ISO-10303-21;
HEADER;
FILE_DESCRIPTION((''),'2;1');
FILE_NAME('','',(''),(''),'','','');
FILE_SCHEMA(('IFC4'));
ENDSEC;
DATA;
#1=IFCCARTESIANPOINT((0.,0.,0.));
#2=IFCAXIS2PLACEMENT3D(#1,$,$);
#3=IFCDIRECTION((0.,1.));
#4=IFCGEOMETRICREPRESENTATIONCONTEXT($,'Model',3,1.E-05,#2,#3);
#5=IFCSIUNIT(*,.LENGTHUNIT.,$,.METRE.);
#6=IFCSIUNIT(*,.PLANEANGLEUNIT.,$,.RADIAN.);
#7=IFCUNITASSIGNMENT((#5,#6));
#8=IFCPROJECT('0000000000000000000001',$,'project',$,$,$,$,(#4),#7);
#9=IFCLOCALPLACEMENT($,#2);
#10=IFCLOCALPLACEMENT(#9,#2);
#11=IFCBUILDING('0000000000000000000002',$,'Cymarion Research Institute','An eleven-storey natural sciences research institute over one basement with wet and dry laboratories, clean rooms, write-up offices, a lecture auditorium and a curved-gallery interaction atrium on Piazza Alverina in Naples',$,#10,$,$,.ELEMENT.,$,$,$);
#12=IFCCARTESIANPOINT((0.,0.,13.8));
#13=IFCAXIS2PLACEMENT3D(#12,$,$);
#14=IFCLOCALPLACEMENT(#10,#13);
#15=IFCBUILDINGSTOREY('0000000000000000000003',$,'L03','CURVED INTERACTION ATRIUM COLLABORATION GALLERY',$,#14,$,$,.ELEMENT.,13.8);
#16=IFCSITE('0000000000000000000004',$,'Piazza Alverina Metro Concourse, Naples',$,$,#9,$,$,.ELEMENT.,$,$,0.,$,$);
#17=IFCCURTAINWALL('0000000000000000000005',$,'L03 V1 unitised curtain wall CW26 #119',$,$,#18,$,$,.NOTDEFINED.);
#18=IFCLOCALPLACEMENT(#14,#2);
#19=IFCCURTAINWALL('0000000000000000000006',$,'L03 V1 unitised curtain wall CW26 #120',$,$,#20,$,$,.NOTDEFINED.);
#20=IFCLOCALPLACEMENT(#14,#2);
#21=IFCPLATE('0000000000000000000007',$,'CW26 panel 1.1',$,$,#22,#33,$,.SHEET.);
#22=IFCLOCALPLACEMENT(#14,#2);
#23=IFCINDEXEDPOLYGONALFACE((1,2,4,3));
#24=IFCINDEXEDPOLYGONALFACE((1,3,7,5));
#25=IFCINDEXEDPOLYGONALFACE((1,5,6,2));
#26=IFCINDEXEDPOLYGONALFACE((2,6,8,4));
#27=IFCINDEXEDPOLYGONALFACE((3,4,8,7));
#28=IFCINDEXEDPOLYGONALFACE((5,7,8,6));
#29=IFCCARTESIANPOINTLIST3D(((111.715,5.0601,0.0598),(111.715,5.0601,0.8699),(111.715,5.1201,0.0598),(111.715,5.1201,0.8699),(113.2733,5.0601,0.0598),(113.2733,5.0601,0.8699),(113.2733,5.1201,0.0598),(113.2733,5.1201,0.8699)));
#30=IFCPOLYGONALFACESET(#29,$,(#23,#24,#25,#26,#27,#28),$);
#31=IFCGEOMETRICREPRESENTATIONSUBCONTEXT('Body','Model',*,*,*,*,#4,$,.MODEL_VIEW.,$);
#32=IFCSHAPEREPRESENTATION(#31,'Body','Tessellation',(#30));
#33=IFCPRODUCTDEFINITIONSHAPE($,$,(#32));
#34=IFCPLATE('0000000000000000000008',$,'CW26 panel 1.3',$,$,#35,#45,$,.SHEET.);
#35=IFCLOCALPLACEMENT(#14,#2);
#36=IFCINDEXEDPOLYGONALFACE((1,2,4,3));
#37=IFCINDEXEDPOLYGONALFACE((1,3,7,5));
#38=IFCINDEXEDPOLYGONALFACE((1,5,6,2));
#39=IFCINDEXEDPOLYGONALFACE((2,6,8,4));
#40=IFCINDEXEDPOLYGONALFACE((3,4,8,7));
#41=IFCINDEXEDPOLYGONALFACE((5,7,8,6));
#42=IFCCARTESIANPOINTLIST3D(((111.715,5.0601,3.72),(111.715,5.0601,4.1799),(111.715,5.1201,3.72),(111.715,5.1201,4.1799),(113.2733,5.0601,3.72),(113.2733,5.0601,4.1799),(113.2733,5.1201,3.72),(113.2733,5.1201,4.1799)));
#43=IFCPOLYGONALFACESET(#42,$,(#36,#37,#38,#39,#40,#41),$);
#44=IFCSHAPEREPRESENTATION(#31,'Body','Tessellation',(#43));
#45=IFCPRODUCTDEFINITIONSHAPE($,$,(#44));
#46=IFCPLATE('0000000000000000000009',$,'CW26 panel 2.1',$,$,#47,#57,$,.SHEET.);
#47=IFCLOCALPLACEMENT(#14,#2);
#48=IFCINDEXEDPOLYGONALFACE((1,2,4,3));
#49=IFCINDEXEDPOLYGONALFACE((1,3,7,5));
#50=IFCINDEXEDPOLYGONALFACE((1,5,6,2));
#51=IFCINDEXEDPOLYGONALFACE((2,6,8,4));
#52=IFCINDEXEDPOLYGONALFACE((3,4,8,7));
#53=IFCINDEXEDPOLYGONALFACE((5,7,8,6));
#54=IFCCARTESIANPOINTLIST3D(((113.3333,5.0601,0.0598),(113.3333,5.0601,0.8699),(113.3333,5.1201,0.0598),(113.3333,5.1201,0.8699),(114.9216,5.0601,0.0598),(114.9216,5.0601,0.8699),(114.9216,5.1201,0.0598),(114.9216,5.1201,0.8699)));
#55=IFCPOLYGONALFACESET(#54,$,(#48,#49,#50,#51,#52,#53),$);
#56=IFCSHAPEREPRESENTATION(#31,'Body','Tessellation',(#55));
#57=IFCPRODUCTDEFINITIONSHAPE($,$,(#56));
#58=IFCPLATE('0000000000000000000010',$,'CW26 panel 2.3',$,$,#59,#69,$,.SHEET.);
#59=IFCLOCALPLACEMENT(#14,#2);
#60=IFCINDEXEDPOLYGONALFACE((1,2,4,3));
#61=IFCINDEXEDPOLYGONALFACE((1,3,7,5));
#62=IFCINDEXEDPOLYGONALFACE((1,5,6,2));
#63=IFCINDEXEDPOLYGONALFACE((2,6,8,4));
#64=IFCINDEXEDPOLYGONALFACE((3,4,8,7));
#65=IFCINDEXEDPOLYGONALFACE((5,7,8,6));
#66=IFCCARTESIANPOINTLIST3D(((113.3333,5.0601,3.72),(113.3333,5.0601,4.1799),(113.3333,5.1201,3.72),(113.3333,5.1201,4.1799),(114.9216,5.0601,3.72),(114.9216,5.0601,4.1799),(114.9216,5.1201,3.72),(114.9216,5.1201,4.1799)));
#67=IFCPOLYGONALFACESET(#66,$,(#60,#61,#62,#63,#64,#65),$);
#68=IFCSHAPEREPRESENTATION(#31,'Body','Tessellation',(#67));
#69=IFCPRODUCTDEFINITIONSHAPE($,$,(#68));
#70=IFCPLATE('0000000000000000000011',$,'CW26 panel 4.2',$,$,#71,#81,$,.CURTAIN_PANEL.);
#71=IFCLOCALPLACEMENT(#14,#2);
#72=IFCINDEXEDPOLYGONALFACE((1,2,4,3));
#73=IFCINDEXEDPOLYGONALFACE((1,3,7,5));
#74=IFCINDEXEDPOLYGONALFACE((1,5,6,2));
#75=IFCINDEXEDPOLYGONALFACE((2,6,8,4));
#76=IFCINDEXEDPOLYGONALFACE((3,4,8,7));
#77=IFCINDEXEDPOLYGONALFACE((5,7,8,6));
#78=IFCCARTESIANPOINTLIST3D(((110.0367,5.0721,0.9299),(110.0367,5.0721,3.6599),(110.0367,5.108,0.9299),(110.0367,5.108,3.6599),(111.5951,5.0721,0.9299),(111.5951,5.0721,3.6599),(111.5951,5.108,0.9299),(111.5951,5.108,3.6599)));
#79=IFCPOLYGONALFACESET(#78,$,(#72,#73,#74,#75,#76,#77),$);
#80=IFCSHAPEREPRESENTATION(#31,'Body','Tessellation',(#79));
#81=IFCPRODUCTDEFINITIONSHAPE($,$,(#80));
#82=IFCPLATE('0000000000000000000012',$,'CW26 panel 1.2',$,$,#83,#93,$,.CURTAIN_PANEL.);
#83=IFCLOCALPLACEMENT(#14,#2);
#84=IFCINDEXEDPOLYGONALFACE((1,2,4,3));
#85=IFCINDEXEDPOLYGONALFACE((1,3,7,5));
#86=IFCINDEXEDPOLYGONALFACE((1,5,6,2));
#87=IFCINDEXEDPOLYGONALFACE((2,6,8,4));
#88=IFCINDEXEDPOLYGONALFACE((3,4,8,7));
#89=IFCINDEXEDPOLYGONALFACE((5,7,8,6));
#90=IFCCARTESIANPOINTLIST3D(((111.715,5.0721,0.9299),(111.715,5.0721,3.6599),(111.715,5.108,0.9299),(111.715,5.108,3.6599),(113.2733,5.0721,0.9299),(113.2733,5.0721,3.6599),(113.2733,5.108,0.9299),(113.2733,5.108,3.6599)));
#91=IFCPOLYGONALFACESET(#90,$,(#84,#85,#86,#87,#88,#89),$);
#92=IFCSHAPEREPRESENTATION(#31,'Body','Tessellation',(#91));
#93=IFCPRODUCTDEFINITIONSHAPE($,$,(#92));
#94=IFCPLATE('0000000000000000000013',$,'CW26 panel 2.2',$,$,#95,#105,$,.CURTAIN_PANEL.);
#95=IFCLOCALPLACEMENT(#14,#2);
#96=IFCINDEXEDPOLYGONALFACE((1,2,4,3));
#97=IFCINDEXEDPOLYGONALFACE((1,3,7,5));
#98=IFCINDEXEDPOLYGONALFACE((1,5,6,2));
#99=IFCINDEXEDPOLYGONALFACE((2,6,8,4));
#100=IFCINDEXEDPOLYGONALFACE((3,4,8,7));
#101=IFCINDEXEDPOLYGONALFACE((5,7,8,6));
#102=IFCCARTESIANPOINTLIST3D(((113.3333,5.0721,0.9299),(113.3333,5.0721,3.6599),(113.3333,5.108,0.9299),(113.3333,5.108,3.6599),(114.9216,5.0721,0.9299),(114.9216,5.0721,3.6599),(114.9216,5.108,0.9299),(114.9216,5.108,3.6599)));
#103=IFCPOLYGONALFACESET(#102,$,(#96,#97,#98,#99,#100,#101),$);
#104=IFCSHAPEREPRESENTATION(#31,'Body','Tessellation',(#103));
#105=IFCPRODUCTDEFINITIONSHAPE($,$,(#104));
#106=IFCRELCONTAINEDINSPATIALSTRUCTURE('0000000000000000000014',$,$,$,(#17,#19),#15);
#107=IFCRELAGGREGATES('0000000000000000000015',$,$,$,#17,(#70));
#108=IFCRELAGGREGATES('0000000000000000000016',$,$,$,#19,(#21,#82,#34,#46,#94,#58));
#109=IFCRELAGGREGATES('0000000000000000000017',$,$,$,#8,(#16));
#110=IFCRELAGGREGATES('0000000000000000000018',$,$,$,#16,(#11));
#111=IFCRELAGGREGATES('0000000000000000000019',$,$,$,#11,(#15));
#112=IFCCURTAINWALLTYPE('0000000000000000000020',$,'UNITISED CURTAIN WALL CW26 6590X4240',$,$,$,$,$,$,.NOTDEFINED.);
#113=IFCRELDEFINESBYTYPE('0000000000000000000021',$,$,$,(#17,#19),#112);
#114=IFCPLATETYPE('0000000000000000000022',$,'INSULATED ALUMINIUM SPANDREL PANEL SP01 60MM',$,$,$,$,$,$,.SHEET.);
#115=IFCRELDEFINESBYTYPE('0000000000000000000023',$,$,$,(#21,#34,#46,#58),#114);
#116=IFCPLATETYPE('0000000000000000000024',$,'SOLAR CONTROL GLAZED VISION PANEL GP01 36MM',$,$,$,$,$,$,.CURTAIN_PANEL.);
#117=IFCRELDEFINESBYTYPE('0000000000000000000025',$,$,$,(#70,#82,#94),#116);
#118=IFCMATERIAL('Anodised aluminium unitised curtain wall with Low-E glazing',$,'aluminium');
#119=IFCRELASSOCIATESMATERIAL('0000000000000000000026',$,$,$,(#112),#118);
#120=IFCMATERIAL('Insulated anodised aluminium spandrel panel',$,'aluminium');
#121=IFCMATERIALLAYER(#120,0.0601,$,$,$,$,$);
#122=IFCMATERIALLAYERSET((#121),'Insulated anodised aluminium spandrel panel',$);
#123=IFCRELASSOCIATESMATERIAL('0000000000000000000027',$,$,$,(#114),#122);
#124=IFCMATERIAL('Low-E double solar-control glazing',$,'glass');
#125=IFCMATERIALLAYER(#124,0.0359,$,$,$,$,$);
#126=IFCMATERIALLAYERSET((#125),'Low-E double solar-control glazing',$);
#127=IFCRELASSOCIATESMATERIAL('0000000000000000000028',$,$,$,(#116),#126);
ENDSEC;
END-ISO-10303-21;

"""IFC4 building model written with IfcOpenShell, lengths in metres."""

from ifc_helpers import new_model, si_unit, direction, frame, origin, origin_2d, place, context, subcontext, project, spatial, rectangle, extrude, material, layer, layer_set, type_object, element, aggregate, save


model = new_model("IFC4")

# Units and contexts
model_context = context("Model", 3, precision=1e-05, world=origin(), true_north=direction((0.0, 1.0)))
body_context = subcontext(model_context, "Body", "Model", "MODEL_VIEW")
ifc_project = project(units=[si_unit("LENGTHUNIT", "METRE"), si_unit("PLANEANGLEUNIT", "RADIAN")], contexts=[model_context])

# Site, building, storey
site_placement = place(None, origin())
site = spatial("IfcSite", under=ifc_project, at=site_placement, Name="Piazza Alverina Metro Concourse, Naples", CompositionType="ELEMENT", RefElevation=0.0)
building_placement = place(site_placement, origin())
building = spatial("IfcBuilding", under=site, at=building_placement, Name="Cymarion Research Institute", Description="An eleven-storey natural sciences research institute over one basement with wet and dry laboratories, clean rooms, write-up offices, a lecture auditorium and a curved-gallery interaction atrium on Piazza Alverina in Naples", CompositionType="ELEMENT")
storey_placement = place(building_placement, frame((0.0, 0.0, 13.8)))
storey = spatial("IfcBuildingStorey", under=building, at=storey_placement, Name="L03", Description="CURVED INTERACTION ATRIUM COLLABORATION GALLERY", CompositionType="ELEMENT", Elevation=13.8)

# Curtain wall
ifc_material_1 = material(Name="Anodised aluminium unitised curtain wall with Low-E glazing", Category="aluminium")
curtain_wall_type = type_object("IfcCurtainWallType", Name="UNITISED CURTAIN WALL CW26 6590X4240", PredefinedType="NOTDEFINED", material=ifc_material_1)
curtain_wall_1_placement = place(storey_placement, origin())
curtain_wall_1 = element("IfcCurtainWall", 1, at=curtain_wall_1_placement, inside=storey, type_object=curtain_wall_type, Name="L03 V1 unitised curtain wall CW26 #119", PredefinedType="NOTDEFINED")

# Curtain wall
curtain_wall_2_placement = place(storey_placement, origin())
curtain_wall_2 = element("IfcCurtainWall", 2, at=curtain_wall_2_placement, inside=storey, type_object=curtain_wall_type, Name="L03 V1 unitised curtain wall CW26 #120", PredefinedType="NOTDEFINED")

# Plates
ifc_material_2 = material(Name="Insulated anodised aluminium spandrel panel", Category="aluminium")
ifc_layer_1 = layer(ifc_material_2, 0.0601)
ifc_layer_set_1 = layer_set([ifc_layer_1], Name="Insulated anodised aluminium spandrel panel")
plate_type_1 = type_object("IfcPlateType", Name="INSULATED ALUMINIUM SPANDREL PANEL SP01 60MM", PredefinedType="SHEET", material=ifc_layer_set_1)
plate_1_placement = place(storey_placement, frame((112.4941, 5.0901, 0.0598), z_axis=(0.0, 0.0, 1.0), x_axis=(1.0, 0.0, 0.0)))
plate_1 = element("IfcPlate", 3, at=plate_1_placement, type_object=plate_type_1, Name="CW26 panel 1.1", PredefinedType="SHEET", context=body_context, shape_type="SweptSolid", body=[
    extrude(rectangle(XDim=1.5583, YDim=0.0601, at=origin_2d()), origin(), (0.0, 0.0, 1.0), 0.8101),
])
plate_2_placement = place(storey_placement, frame((112.4941, 5.0901, 3.72), z_axis=(0.0, 0.0, 1.0), x_axis=(1.0, 0.0, 0.0)))
plate_2 = element("IfcPlate", 4, at=plate_2_placement, type_object=plate_type_1, Name="CW26 panel 1.3", PredefinedType="SHEET", context=body_context, shape_type="SweptSolid", body=[
    extrude(rectangle(XDim=1.5583, YDim=0.0601, at=origin_2d()), origin(), (0.0, 0.0, 1.0), 0.46),
])
plate_3_placement = place(storey_placement, frame((114.1274, 5.0901, 0.0598), z_axis=(0.0, 0.0, 1.0), x_axis=(1.0, 0.0, 0.0)))
plate_3 = element("IfcPlate", 5, at=plate_3_placement, type_object=plate_type_1, Name="CW26 panel 2.1", PredefinedType="SHEET", context=body_context, shape_type="SweptSolid", body=[
    extrude(rectangle(XDim=1.5884, YDim=0.0601, at=origin_2d()), origin(), (0.0, 0.0, 1.0), 0.8101),
])
plate_4_placement = place(storey_placement, frame((114.1274, 5.0901, 3.72), z_axis=(0.0, 0.0, 1.0), x_axis=(1.0, 0.0, 0.0)))
plate_4 = element("IfcPlate", 6, at=plate_4_placement, type_object=plate_type_1, Name="CW26 panel 2.3", PredefinedType="SHEET", context=body_context, shape_type="SweptSolid", body=[
    extrude(rectangle(XDim=1.5884, YDim=0.0601, at=origin_2d()), origin(), (0.0, 0.0, 1.0), 0.46),
])
ifc_material_3 = material(Name="Low-E double solar-control glazing", Category="glass")
ifc_layer_2 = layer(ifc_material_3, 0.0359)
ifc_layer_set_2 = layer_set([ifc_layer_2], Name="Low-E double solar-control glazing")
plate_type_2 = type_object("IfcPlateType", Name="SOLAR CONTROL GLAZED VISION PANEL GP01 36MM", PredefinedType="CURTAIN_PANEL", material=ifc_layer_set_2)
plate_5_placement = place(storey_placement, frame((110.8159, 5.0901, 0.9299), z_axis=(0.0, 0.0, 1.0), x_axis=(1.0, 0.0, 0.0)))
plate_5 = element("IfcPlate", 7, at=plate_5_placement, type_object=plate_type_2, Name="CW26 panel 4.2", PredefinedType="CURTAIN_PANEL", context=body_context, shape_type="SweptSolid", body=[
    extrude(rectangle(XDim=1.5583, YDim=0.0359, at=origin_2d()), origin(), (0.0, 0.0, 1.0), 2.73),
])
aggregate(curtain_wall_1, [plate_5])
plate_6_placement = place(storey_placement, frame((112.4941, 5.0901, 0.9299), z_axis=(0.0, 0.0, 1.0), x_axis=(1.0, 0.0, 0.0)))
plate_6 = element("IfcPlate", 8, at=plate_6_placement, type_object=plate_type_2, Name="CW26 panel 1.2", PredefinedType="CURTAIN_PANEL", context=body_context, shape_type="SweptSolid", body=[
    extrude(rectangle(XDim=1.5583, YDim=0.0359, at=origin_2d()), origin(), (0.0, 0.0, 1.0), 2.73),
])
plate_7_placement = place(storey_placement, frame((114.1274, 5.0901, 0.9299), z_axis=(0.0, 0.0, 1.0), x_axis=(1.0, 0.0, 0.0)))
plate_7 = element("IfcPlate", 9, at=plate_7_placement, type_object=plate_type_2, Name="CW26 panel 2.2", PredefinedType="CURTAIN_PANEL", context=body_context, shape_type="SweptSolid", body=[
    extrude(rectangle(XDim=1.5884, YDim=0.0359, at=origin_2d()), origin(), (0.0, 0.0, 1.0), 2.73),
])
aggregate(curtain_wall_2, [plate_1, plate_6, plate_2, plate_3, plate_7, plate_4])

save(model, "model.ifc")
